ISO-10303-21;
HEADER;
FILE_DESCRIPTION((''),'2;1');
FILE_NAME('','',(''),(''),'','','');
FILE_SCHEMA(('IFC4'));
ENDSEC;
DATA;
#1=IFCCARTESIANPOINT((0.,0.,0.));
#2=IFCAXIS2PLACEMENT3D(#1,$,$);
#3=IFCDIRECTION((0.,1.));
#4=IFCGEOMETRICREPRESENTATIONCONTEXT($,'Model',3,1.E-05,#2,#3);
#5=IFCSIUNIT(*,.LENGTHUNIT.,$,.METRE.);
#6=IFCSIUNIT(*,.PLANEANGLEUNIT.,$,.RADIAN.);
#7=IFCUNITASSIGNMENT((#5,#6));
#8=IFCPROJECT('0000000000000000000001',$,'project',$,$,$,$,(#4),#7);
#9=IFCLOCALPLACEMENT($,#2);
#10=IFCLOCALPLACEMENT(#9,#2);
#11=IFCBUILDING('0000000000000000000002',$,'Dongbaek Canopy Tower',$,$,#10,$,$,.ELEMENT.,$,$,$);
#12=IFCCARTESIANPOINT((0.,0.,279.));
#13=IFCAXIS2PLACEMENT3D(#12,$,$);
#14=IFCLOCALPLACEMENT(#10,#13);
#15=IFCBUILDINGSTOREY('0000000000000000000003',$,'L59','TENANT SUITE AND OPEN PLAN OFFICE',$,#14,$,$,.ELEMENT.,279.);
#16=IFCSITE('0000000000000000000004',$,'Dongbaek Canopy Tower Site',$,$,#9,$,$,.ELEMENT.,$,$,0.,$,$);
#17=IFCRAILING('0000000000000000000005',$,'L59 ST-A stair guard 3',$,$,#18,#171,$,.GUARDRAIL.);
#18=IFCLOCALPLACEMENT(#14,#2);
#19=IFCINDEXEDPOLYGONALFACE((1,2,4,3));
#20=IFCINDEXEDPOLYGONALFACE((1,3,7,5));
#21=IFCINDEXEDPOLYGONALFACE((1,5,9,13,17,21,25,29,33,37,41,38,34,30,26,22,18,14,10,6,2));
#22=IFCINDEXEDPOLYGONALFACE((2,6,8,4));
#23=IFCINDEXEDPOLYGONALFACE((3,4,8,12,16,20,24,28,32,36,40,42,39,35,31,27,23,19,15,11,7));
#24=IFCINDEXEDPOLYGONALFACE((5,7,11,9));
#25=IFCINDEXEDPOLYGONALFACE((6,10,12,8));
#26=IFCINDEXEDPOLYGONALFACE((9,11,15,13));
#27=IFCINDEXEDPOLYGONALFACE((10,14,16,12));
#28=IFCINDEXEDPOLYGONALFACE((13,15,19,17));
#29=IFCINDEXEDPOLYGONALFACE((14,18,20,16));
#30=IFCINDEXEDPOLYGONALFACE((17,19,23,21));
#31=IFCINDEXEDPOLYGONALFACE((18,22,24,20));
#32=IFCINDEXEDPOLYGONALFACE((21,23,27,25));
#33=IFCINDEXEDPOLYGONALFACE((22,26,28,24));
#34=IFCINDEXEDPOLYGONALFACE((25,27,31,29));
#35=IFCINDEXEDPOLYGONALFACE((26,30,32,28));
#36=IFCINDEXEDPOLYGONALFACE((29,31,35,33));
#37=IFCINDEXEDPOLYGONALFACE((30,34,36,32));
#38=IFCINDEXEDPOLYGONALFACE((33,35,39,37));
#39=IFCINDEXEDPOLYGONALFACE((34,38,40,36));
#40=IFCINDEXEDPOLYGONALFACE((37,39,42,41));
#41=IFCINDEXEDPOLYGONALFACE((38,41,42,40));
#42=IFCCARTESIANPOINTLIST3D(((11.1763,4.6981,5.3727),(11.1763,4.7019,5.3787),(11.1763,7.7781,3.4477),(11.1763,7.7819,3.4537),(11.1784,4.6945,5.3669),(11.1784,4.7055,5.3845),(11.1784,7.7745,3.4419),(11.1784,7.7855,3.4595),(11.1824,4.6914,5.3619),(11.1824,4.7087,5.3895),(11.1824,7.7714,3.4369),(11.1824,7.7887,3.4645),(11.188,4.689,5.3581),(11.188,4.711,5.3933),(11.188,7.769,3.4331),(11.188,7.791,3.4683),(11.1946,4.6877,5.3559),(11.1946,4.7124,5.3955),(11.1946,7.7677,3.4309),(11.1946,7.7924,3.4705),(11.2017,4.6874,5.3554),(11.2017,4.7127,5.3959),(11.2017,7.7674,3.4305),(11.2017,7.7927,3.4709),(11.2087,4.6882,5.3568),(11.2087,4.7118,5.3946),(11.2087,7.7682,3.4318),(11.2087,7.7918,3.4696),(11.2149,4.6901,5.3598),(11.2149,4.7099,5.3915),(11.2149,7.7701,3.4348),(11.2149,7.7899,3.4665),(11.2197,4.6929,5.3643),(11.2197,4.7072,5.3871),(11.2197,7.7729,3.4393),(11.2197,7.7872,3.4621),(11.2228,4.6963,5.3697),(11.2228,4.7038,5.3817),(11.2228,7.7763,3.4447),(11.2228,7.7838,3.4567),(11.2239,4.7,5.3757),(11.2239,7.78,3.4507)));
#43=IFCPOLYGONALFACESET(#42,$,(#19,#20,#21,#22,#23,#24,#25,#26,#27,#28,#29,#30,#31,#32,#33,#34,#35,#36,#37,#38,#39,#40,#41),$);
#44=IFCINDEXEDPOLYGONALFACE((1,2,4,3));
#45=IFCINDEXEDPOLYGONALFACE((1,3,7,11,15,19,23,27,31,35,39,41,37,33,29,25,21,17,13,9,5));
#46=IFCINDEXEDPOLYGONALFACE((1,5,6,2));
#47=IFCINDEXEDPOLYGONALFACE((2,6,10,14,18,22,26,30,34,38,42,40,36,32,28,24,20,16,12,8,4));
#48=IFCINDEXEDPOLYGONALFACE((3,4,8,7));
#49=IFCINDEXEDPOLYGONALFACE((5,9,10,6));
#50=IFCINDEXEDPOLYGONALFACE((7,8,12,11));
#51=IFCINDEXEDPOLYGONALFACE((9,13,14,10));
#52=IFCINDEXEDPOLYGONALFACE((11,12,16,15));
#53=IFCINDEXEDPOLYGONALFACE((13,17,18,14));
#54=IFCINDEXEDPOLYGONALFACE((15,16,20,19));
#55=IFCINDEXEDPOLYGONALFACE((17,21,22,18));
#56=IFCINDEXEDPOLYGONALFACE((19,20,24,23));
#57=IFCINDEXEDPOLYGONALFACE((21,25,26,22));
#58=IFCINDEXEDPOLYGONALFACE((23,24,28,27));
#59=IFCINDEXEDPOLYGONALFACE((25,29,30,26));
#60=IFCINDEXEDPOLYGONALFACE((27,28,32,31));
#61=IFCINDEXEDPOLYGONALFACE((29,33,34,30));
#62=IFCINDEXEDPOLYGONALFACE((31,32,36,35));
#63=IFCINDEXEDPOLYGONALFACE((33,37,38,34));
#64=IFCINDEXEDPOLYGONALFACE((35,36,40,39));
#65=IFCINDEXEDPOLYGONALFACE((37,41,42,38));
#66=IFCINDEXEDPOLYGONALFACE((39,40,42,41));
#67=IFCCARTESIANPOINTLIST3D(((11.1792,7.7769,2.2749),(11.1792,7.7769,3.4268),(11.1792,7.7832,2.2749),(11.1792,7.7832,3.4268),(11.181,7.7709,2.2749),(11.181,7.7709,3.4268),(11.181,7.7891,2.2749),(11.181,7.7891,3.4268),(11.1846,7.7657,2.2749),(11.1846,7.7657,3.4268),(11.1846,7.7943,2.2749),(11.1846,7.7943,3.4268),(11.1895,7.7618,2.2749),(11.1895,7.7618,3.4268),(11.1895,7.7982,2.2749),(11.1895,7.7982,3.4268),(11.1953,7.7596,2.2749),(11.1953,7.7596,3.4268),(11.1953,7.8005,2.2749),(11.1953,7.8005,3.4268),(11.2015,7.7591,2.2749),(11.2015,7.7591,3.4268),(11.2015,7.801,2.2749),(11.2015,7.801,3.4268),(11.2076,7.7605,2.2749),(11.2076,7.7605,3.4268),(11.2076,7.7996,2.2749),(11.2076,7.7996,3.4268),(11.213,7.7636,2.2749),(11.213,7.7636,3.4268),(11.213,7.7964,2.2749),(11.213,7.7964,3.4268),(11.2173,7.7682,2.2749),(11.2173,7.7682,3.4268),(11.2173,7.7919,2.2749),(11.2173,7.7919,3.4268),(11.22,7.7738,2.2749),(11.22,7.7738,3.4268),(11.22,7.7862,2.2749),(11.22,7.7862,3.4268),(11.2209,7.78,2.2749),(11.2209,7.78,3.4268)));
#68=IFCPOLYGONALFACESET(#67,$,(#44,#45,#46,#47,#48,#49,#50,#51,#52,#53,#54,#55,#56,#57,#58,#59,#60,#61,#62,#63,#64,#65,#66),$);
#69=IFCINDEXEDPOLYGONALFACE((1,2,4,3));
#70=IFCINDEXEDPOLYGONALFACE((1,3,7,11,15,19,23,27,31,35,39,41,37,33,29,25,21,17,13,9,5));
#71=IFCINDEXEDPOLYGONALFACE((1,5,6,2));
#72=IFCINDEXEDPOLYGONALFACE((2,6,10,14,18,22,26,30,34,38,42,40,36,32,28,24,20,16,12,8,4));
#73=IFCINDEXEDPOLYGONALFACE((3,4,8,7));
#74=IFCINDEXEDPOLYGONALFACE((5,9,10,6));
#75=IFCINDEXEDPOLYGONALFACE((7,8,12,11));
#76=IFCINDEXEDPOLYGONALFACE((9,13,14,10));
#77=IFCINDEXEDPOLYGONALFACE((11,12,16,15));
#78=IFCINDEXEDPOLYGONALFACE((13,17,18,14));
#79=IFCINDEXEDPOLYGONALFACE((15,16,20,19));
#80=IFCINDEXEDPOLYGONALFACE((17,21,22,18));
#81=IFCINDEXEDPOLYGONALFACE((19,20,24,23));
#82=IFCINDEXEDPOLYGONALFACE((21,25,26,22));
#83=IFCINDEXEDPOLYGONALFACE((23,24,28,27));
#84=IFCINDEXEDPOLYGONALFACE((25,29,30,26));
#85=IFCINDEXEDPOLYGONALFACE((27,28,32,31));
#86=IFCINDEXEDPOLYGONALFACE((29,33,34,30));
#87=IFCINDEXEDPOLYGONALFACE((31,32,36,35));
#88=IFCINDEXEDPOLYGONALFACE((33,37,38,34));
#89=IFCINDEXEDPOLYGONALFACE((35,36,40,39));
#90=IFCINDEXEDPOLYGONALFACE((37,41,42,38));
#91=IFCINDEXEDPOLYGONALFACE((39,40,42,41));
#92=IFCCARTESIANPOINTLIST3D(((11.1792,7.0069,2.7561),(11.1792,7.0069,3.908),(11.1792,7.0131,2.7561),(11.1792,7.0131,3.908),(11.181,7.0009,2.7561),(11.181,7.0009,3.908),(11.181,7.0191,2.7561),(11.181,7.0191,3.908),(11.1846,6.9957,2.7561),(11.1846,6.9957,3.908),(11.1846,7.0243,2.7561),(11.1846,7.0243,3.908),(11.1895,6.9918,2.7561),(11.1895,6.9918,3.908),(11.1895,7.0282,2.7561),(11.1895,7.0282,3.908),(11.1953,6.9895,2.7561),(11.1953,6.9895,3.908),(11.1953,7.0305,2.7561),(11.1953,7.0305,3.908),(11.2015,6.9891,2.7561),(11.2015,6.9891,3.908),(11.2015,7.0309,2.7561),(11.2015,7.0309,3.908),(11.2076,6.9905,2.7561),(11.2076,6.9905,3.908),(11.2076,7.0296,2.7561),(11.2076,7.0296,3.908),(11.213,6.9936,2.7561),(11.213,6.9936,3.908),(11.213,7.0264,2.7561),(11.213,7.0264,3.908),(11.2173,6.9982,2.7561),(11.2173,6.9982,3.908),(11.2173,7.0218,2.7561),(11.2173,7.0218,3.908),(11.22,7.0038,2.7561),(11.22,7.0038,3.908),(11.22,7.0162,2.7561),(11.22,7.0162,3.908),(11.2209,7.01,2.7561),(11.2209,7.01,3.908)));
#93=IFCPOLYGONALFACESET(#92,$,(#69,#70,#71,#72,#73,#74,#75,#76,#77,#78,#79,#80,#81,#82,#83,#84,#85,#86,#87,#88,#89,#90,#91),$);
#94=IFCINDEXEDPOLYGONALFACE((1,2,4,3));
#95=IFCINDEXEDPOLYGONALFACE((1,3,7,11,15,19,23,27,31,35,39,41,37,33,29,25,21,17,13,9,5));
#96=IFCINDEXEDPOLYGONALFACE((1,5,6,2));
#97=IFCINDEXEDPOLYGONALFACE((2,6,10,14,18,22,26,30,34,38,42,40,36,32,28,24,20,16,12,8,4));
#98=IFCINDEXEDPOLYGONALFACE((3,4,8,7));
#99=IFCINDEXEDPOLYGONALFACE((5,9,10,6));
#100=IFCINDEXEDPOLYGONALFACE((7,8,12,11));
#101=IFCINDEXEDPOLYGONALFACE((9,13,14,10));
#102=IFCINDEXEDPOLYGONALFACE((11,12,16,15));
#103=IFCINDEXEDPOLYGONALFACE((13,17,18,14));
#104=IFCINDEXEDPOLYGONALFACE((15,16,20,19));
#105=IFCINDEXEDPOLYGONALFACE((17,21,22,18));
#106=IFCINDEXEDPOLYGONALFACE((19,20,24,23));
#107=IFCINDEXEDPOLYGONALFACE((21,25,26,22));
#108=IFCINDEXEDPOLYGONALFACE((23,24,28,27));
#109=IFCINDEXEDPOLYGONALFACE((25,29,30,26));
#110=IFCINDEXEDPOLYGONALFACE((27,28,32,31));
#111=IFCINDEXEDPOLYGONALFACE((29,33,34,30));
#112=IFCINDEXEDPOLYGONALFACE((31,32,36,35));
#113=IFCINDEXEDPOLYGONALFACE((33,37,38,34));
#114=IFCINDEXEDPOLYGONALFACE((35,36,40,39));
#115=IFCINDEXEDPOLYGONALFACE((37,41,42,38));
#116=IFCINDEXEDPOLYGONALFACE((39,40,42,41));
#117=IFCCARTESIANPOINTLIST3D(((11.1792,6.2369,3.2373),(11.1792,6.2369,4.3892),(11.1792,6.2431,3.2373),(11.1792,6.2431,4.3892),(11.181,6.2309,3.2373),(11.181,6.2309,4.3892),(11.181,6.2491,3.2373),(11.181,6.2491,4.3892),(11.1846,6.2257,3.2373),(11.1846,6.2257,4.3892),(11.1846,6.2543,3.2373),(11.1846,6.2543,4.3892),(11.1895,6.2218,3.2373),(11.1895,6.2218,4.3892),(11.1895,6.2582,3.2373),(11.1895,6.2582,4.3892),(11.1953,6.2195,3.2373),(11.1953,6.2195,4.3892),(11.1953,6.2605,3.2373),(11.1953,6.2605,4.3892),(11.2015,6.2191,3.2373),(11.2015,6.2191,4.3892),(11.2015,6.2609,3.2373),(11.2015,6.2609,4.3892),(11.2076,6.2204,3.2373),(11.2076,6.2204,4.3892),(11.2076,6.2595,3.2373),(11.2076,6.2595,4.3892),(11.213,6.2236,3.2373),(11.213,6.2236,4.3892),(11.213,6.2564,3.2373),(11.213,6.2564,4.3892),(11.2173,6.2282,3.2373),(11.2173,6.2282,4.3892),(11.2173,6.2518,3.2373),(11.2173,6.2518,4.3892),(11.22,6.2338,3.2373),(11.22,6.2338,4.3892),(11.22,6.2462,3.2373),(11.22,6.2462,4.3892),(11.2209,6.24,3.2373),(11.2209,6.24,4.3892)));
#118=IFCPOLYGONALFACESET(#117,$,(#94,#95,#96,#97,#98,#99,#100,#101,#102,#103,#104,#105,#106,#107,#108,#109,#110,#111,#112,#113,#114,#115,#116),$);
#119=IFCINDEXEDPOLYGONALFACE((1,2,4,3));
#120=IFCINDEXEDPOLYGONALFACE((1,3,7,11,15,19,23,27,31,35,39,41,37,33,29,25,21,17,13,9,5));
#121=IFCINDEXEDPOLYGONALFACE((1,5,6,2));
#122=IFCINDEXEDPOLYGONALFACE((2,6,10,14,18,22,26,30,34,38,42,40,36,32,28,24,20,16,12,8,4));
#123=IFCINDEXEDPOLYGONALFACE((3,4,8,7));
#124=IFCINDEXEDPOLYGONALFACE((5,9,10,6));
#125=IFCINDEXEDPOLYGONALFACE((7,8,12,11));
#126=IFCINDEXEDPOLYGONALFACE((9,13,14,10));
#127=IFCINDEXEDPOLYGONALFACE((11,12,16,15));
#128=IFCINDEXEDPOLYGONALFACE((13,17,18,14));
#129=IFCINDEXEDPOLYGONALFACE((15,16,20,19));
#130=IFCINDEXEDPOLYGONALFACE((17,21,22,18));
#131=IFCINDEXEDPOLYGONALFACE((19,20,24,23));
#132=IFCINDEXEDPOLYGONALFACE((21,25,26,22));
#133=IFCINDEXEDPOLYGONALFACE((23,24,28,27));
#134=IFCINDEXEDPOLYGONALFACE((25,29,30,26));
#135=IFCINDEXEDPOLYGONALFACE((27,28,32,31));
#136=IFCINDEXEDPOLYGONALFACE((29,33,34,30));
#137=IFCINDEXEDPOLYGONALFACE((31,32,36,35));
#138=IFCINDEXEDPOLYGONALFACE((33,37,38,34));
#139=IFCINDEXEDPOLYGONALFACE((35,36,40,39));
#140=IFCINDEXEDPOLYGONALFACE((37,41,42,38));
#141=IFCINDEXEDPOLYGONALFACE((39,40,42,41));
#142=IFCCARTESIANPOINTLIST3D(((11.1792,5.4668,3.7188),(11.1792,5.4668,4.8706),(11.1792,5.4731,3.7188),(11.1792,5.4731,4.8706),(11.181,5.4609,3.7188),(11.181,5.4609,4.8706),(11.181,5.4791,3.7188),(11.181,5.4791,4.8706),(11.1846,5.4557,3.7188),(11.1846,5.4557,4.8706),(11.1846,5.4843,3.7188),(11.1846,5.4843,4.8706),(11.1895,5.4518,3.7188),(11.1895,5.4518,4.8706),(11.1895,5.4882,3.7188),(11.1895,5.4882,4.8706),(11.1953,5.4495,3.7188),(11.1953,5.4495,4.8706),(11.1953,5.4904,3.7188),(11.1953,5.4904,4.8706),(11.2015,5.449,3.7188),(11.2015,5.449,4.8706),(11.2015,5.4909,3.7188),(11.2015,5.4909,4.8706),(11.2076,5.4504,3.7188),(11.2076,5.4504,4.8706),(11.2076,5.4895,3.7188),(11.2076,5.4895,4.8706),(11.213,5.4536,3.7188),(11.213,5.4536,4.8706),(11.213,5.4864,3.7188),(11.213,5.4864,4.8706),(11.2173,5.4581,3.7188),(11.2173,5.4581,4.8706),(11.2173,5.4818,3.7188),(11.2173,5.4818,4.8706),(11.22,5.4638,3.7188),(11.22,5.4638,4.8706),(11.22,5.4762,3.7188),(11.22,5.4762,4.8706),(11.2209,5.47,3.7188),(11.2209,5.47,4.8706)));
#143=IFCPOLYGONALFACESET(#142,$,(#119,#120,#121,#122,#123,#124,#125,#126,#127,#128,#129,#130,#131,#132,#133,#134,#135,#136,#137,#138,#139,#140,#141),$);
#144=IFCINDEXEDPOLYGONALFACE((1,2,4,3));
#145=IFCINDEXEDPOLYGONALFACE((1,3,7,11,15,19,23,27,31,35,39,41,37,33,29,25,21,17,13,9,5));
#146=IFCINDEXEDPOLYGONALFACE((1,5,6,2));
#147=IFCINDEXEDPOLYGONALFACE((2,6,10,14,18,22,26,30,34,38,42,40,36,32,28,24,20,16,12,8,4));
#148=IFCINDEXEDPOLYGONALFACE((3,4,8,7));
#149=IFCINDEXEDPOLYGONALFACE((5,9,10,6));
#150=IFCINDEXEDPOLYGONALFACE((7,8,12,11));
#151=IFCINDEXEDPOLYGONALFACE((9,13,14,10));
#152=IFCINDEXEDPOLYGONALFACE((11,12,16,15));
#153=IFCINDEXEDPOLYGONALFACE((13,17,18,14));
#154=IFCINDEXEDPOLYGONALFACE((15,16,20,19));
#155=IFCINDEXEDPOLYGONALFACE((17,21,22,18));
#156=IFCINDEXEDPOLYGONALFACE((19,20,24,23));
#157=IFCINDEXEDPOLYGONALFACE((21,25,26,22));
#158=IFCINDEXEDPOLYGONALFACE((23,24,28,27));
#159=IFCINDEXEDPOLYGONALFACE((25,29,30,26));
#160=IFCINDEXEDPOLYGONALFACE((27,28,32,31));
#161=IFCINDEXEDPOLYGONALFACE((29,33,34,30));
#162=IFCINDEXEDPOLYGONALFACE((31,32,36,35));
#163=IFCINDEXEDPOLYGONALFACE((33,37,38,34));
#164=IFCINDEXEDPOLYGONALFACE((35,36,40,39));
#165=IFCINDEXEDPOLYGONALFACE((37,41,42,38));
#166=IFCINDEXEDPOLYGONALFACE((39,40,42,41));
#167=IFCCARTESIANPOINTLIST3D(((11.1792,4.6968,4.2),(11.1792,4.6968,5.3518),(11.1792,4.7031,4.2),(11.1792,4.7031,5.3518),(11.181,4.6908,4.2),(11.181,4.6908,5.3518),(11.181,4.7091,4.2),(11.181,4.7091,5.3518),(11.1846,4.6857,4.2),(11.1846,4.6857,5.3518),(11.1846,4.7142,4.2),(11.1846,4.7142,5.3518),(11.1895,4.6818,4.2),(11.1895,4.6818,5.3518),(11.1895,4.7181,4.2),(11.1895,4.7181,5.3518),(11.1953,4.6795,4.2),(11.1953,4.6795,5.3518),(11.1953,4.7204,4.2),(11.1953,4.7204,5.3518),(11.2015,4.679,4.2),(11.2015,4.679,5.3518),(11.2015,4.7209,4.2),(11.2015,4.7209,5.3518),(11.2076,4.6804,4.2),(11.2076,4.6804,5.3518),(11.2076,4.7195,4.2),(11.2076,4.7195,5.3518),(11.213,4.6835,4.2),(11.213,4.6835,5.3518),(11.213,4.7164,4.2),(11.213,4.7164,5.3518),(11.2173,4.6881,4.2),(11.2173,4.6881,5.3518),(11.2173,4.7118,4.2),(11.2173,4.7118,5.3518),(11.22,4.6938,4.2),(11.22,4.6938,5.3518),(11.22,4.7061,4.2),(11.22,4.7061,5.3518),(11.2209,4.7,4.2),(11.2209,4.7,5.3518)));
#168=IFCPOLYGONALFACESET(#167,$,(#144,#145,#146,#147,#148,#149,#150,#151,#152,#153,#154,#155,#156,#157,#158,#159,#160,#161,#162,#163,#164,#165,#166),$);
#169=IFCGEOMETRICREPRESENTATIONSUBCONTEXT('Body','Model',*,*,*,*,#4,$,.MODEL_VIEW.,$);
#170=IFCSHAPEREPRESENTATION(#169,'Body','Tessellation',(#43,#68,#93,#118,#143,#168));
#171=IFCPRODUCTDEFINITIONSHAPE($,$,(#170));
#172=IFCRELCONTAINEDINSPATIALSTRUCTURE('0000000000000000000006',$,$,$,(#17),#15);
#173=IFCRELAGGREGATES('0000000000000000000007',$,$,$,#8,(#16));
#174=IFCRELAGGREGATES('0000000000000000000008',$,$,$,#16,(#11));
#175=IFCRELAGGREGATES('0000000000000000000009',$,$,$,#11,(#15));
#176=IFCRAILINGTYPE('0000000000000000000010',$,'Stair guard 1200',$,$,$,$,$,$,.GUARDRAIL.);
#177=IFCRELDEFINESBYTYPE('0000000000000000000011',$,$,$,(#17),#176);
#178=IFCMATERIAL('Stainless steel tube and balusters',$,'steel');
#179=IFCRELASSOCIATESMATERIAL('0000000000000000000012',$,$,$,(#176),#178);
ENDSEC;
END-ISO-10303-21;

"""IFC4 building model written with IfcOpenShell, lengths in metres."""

from ifc_helpers import new_model, si_unit, direction, frame, origin, origin_2d, place, context, subcontext, project, spatial, circle, extrude, material, type_object, element, save


model = new_model("IFC4")

# Units and contexts
model_context = context("Model", 3, precision=1e-05, world=origin(), true_north=direction((0.0, 1.0)))
body_context = subcontext(model_context, "Body", "Model", "MODEL_VIEW")
ifc_project = project(units=[si_unit("LENGTHUNIT", "METRE"), si_unit("PLANEANGLEUNIT", "RADIAN")], contexts=[model_context])

# Site, building, storey
site_placement = place(None, origin())
site = spatial("IfcSite", under=ifc_project, at=site_placement, Name="Dongbaek Canopy Tower Site", CompositionType="ELEMENT", RefElevation=0.0)
building_placement = place(site_placement, origin())
building = spatial("IfcBuilding", under=site, at=building_placement, Name="Dongbaek Canopy Tower", CompositionType="ELEMENT")
storey_placement = place(building_placement, frame((0.0, 0.0, 279.0)))
storey = spatial("IfcBuildingStorey", under=building, at=storey_placement, Name="L59", Description="TENANT SUITE AND OPEN PLAN OFFICE", CompositionType="ELEMENT", Elevation=279.0)

# Railing
ifc_material_1 = material(Name="Stainless steel tube and balusters", Category="steel")
railing_type_1 = type_object("IfcRailingType", Name="Stair guard 1200", PredefinedType="GUARDRAIL", material=ifc_material_1)
railing_1_placement = place(storey_placement, frame((11.2, 7.78, 2.2749)))
element("IfcRailing", 1, at=railing_1_placement, inside=storey, type_object=railing_type_1, Name="L59 ST-A stair guard 3", PredefinedType="GUARDRAIL", context=body_context, shape_type="SweptSolid", body=[
    extrude(circle(Radius=0.0239, at=origin_2d()), frame((0.0, 0.0, 1.1758), z_axis=(0.0, -0.847998, 0.529999), x_axis=(1.0, 0.0, 0.0)), (0.0, 0.0, 1.0), 3.6321),
    extrude(circle(Radius=0.021, at=origin_2d()), origin(), (0.0, 0.0, 1.0), 1.1519),
    extrude(circle(Radius=0.021, at=origin_2d()), frame((0.0, -0.77, 0.4812)), (0.0, 0.0, 1.0), 1.1519),
    extrude(circle(Radius=0.021, at=origin_2d()), frame((0.0, -1.54, 0.9624)), (0.0, 0.0, 1.0), 1.1519),
    extrude(circle(Radius=0.021, at=origin_2d()), frame((0.0, -2.3101, 1.4438)), (0.0, 0.0, 1.0), 1.1519),
    extrude(circle(Radius=0.021, at=origin_2d()), frame((0.0, -3.0801, 1.925)), (0.0, 0.0, 1.0), 1.1519),
])

save(model, "model.ifc")
